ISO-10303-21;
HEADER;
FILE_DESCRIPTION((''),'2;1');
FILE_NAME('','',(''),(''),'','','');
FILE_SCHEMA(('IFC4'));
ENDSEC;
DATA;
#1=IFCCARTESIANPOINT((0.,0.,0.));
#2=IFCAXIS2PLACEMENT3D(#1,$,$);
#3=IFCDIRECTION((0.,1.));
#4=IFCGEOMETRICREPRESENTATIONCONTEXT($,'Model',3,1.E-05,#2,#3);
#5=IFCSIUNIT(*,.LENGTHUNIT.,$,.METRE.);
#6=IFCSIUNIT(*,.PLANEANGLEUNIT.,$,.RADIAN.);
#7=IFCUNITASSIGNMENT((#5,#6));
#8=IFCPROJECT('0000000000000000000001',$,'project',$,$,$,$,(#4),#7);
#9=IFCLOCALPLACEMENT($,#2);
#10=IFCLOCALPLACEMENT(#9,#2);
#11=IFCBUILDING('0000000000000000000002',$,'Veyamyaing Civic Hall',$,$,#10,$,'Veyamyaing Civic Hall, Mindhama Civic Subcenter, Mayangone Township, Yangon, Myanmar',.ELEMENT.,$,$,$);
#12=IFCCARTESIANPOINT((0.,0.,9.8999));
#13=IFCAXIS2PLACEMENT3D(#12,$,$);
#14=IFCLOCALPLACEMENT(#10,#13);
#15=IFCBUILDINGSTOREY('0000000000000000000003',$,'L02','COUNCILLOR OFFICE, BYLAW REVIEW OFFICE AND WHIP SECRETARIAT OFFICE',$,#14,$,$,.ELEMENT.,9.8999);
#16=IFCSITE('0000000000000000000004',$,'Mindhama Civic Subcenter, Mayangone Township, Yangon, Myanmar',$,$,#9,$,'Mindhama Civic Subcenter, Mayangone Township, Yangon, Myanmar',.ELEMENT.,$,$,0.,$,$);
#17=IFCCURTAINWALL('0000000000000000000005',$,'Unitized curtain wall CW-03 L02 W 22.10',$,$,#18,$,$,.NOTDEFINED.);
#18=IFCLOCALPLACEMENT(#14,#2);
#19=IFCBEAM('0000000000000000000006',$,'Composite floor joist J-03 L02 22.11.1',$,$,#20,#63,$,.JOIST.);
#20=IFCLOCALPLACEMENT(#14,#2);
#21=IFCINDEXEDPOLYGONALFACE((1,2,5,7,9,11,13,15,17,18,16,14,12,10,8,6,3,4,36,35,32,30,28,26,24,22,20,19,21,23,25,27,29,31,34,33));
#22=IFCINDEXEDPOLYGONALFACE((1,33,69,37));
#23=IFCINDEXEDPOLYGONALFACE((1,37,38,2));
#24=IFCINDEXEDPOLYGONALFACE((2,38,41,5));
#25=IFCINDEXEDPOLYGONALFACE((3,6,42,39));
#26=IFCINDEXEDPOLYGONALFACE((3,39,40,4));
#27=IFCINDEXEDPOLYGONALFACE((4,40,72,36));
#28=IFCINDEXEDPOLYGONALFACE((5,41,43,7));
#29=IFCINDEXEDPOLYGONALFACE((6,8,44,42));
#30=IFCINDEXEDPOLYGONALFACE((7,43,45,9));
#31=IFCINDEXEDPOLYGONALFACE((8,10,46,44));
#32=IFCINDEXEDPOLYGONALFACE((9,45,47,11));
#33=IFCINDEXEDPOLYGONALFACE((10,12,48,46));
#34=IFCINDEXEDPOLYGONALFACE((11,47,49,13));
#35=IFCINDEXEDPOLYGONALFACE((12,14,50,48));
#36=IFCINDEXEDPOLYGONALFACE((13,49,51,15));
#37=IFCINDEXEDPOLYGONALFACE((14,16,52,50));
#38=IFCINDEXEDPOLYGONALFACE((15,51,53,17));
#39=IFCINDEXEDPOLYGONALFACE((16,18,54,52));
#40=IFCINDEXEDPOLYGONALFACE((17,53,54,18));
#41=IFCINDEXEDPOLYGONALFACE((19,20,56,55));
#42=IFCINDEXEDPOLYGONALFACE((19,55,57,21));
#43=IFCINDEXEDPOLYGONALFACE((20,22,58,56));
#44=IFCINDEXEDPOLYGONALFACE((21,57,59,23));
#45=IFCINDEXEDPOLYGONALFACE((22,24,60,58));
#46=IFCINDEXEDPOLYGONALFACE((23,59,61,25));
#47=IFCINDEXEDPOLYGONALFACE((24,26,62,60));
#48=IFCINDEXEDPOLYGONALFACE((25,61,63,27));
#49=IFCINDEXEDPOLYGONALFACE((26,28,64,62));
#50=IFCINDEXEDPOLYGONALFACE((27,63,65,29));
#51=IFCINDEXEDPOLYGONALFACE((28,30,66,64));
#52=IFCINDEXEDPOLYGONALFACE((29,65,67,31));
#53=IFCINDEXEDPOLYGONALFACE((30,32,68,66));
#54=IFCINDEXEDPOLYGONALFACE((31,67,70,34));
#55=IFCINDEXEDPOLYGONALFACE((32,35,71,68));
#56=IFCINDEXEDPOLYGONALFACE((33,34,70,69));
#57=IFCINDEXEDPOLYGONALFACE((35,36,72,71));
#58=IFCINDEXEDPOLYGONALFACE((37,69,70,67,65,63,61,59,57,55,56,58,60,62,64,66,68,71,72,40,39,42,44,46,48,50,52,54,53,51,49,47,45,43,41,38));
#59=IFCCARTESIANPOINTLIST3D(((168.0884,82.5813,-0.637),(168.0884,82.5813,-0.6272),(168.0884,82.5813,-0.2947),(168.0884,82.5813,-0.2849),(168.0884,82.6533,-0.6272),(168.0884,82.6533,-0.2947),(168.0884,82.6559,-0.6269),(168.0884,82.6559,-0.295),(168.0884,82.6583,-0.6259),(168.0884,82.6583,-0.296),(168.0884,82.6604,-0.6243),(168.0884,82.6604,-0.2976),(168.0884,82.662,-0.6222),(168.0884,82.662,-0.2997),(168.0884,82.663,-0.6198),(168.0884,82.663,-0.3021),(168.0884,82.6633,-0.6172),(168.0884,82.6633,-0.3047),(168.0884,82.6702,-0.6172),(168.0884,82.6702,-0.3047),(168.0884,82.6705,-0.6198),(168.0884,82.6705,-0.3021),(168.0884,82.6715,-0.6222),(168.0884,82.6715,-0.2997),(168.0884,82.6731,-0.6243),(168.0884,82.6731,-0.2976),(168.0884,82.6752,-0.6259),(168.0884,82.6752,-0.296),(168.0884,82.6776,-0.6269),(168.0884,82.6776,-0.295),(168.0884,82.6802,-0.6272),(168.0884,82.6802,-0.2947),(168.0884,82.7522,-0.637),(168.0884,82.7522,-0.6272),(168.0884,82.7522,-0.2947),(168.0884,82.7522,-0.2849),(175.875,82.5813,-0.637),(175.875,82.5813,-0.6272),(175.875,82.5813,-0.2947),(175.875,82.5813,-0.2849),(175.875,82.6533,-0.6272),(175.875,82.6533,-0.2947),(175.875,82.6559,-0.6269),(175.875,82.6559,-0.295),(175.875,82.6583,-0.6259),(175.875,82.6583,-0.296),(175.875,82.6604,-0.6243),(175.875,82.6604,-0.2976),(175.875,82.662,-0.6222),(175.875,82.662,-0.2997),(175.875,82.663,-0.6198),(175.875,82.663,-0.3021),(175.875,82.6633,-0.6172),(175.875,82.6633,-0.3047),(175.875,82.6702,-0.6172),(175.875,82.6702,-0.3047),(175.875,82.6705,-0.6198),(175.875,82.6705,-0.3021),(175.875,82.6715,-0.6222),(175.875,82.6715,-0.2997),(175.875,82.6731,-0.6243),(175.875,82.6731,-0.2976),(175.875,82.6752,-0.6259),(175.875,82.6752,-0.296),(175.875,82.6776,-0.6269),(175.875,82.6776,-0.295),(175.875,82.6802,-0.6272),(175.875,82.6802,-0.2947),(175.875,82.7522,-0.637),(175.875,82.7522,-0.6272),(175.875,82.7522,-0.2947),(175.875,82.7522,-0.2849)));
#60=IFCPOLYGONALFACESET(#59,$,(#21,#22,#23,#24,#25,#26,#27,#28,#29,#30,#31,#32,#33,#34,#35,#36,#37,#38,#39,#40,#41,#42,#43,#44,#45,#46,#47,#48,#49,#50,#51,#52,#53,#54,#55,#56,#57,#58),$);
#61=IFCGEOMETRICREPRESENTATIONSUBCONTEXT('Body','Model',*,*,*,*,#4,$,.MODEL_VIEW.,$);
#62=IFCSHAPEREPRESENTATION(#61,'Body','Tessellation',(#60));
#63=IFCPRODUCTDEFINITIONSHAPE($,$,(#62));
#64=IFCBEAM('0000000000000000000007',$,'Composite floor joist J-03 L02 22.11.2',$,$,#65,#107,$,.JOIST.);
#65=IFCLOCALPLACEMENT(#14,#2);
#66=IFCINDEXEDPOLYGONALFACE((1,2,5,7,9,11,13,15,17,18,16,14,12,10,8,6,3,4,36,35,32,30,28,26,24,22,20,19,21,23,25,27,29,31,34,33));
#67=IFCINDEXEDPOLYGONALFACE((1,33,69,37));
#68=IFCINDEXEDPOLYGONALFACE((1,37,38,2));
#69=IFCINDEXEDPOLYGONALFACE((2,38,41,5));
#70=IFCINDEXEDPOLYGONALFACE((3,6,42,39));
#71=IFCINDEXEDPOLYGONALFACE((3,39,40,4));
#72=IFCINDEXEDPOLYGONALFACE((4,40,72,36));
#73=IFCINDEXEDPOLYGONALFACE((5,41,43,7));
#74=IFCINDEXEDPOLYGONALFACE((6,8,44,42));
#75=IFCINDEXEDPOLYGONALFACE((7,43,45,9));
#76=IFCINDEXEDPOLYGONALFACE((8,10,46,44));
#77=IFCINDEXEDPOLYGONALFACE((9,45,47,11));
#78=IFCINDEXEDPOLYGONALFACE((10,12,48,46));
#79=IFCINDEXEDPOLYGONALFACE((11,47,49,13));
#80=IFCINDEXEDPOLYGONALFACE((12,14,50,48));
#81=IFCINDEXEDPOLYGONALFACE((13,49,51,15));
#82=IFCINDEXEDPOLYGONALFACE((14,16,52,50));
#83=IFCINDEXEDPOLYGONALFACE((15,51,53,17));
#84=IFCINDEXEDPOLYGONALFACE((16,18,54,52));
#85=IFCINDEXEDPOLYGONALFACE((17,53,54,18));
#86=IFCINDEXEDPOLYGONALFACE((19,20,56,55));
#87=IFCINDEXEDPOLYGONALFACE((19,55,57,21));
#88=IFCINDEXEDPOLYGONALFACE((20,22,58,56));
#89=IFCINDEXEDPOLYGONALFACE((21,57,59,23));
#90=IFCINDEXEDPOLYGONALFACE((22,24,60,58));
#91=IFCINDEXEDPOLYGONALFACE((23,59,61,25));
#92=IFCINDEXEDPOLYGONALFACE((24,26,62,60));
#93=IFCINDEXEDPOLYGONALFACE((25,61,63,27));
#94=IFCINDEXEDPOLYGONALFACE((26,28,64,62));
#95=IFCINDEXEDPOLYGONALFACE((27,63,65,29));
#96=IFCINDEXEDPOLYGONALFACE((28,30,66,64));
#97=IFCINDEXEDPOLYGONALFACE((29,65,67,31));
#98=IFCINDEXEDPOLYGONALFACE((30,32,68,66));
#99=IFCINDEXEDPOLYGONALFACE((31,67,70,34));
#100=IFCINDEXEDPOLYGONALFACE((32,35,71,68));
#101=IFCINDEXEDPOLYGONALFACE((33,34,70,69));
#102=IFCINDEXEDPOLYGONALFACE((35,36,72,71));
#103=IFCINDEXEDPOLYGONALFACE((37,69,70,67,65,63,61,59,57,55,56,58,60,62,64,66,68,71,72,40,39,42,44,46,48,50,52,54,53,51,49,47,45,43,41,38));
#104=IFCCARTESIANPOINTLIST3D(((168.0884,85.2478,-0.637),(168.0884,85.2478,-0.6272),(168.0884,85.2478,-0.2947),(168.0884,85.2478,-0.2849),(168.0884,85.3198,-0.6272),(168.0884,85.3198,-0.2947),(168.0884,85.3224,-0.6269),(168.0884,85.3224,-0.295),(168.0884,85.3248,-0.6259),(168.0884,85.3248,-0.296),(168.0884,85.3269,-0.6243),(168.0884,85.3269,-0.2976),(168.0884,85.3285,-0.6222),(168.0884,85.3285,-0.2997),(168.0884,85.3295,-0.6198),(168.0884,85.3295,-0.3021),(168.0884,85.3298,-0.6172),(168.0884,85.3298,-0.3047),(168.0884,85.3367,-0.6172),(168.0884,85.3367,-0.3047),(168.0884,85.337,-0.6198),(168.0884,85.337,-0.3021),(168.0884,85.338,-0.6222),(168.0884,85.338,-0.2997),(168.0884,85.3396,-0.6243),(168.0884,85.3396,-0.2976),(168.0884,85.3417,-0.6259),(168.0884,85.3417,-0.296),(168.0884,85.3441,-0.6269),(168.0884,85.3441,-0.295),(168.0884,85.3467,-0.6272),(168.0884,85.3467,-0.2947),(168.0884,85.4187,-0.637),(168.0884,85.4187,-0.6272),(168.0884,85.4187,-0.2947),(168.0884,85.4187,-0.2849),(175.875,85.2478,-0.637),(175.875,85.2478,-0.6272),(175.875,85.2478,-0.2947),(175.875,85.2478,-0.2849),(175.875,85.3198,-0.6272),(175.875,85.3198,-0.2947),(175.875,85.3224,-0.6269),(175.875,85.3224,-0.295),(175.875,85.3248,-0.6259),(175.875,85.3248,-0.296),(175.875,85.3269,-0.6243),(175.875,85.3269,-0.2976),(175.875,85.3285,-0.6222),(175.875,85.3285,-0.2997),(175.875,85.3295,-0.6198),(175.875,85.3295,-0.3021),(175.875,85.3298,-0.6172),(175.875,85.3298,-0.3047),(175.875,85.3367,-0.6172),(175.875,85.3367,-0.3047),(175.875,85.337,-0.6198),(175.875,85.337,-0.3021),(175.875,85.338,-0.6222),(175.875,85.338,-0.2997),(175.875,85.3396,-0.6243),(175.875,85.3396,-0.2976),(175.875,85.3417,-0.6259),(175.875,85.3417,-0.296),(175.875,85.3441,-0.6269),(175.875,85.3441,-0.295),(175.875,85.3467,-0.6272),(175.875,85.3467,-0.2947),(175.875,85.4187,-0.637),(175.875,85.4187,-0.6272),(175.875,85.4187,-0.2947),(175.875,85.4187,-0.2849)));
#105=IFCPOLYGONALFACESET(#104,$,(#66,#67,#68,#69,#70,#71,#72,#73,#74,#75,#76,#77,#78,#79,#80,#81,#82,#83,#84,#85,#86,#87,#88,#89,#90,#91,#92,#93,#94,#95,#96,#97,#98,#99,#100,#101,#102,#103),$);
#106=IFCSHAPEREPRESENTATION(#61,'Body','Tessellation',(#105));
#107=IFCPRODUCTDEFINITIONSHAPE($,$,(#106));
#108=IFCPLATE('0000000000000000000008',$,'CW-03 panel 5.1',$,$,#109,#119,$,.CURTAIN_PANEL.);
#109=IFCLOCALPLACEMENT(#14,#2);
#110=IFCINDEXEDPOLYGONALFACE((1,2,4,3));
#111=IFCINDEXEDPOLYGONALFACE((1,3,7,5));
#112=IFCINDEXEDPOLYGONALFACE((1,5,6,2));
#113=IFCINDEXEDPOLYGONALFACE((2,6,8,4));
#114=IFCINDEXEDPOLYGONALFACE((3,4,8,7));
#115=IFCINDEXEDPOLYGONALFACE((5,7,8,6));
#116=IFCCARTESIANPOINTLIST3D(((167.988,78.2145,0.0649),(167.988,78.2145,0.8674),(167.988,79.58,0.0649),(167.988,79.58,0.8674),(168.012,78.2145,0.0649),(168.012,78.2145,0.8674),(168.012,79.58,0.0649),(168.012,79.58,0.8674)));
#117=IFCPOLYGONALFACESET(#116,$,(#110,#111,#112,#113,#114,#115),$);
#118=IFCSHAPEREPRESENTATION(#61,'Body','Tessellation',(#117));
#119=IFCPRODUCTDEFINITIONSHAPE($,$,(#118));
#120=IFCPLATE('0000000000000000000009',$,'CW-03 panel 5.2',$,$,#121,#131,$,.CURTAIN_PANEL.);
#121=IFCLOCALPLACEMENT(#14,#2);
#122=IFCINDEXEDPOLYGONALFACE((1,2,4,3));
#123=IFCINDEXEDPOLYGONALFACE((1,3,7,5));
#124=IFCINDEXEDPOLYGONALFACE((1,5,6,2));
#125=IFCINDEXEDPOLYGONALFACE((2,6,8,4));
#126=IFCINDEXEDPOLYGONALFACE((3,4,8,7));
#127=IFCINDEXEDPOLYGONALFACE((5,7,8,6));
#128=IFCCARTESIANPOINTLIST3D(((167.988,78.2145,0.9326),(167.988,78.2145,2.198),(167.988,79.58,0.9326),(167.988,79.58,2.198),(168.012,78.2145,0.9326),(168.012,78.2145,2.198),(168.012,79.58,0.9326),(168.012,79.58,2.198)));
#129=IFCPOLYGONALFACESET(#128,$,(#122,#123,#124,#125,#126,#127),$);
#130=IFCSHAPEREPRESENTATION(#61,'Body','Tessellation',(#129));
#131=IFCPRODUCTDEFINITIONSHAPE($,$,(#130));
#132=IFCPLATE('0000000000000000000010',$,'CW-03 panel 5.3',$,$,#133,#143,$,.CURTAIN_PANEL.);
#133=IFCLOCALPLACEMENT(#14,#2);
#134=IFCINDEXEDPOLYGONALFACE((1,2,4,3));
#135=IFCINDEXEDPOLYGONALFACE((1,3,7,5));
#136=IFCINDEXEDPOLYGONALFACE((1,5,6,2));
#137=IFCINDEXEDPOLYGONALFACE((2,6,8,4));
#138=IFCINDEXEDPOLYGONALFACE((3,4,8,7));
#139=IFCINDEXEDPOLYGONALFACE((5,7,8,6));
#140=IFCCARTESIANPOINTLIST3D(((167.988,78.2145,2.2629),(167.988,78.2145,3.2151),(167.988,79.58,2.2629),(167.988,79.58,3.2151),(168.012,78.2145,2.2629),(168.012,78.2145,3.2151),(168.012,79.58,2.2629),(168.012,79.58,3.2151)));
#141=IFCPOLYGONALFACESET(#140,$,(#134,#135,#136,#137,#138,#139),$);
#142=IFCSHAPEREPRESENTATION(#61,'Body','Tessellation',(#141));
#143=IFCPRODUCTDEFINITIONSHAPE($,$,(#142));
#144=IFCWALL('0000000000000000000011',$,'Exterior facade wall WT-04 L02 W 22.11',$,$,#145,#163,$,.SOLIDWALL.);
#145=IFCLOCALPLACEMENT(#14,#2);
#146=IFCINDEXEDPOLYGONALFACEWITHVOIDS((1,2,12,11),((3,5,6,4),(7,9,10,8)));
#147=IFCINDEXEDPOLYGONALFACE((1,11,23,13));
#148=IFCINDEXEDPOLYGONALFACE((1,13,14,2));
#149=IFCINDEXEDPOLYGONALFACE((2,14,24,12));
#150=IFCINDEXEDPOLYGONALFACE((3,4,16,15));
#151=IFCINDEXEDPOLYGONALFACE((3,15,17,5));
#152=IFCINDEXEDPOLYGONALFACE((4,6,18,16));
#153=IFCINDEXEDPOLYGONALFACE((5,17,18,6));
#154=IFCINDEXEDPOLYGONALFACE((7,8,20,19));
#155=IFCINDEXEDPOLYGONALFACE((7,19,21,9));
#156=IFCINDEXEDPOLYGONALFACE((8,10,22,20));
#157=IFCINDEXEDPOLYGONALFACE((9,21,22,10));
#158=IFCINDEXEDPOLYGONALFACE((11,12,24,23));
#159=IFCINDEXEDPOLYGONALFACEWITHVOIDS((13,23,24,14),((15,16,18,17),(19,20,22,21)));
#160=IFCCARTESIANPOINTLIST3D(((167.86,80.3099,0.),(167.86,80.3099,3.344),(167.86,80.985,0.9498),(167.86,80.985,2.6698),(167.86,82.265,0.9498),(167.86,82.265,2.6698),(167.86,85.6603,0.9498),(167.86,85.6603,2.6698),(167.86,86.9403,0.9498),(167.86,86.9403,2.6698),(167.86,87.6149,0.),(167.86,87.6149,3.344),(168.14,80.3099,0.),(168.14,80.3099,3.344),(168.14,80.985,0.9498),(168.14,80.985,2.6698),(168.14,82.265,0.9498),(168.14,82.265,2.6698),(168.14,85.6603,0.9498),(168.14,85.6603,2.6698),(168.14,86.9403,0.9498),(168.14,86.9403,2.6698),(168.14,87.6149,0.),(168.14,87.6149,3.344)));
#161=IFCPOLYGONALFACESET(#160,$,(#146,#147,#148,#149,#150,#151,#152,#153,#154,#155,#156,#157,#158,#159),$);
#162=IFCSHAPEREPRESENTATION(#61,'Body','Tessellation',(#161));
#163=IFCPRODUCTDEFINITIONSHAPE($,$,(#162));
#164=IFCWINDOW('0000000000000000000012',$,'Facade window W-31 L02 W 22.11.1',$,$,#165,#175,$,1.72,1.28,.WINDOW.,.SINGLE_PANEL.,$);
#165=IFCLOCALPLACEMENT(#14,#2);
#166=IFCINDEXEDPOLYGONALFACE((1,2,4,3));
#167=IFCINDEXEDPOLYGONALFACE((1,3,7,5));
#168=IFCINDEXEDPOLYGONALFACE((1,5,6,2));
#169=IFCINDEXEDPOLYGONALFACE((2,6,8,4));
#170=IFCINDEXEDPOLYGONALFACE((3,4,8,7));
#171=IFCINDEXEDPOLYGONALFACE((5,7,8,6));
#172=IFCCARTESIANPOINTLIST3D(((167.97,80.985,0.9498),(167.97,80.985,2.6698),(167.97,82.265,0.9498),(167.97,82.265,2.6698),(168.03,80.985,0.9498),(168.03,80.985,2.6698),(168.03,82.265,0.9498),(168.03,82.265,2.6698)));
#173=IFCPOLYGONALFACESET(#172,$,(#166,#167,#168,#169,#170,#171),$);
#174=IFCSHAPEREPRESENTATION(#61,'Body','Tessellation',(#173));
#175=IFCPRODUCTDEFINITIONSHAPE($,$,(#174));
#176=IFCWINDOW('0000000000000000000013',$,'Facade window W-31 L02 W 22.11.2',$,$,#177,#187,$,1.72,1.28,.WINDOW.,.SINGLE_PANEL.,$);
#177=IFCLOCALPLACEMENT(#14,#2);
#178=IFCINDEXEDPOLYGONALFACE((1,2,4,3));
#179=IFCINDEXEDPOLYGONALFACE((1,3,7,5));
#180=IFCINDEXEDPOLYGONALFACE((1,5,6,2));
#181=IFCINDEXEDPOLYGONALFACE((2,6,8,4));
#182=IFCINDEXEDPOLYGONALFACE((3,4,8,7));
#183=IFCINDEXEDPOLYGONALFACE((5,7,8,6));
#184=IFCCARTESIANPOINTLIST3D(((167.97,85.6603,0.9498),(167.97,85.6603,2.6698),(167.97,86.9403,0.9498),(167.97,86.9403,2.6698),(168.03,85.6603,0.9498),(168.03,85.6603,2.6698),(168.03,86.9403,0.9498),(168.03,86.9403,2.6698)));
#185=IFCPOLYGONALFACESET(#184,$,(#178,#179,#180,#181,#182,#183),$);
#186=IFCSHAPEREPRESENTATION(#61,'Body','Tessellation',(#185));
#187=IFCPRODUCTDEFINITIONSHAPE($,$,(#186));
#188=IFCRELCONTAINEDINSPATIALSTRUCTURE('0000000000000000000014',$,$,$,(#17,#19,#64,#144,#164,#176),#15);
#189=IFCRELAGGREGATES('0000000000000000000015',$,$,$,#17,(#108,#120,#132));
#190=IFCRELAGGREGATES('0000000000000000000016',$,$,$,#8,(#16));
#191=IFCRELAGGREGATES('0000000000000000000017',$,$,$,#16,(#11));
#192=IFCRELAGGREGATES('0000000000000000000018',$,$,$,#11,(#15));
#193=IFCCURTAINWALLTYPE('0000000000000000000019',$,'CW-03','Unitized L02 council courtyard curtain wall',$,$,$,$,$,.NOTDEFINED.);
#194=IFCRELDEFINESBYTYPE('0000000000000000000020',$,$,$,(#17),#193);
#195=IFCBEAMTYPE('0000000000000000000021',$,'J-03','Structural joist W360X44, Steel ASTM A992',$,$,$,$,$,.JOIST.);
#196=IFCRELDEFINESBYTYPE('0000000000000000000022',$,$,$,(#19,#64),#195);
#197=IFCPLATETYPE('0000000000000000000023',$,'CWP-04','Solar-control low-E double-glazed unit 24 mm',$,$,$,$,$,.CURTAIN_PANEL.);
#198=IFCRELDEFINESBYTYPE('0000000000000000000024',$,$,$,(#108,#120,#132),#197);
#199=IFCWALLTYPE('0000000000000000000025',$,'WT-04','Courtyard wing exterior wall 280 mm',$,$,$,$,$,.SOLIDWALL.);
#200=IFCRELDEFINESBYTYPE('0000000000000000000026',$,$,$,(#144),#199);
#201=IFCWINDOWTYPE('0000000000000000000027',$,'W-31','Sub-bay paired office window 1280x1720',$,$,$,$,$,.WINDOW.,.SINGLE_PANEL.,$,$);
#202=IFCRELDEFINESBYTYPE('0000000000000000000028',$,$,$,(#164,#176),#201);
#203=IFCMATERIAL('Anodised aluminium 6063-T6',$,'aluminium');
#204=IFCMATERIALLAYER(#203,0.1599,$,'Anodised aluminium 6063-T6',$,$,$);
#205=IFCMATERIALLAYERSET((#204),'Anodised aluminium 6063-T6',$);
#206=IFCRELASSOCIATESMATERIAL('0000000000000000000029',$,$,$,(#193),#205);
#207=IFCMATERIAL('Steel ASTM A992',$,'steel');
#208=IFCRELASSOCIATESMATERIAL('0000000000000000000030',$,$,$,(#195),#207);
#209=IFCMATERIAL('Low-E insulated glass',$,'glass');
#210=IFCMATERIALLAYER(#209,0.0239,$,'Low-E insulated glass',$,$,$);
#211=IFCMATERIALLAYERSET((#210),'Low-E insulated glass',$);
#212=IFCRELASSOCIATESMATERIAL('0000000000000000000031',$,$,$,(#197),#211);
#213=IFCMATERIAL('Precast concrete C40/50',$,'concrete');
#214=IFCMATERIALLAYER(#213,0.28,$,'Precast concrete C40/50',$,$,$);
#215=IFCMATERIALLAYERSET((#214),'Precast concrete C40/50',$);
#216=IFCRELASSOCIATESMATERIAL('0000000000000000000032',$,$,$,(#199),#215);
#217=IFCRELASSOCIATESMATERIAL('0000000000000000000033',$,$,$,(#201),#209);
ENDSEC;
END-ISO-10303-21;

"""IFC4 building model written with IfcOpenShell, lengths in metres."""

from ifc_helpers import new_model, si_unit, direction, frame, frame_2d, origin, origin_2d, place, context, subcontext, project, spatial, rectangle, i_section, extrude, material, layer, layer_set, material_profile, profile_set, type_object, element, fill, aggregate, save


model = new_model("IFC4")

# Units and contexts
model_context = context("Model", 3, precision=1e-05, world=origin(), true_north=direction((0.0, 1.0)))
body_context = subcontext(model_context, "Body", "Model", "MODEL_VIEW")
ifc_project = project(units=[si_unit("LENGTHUNIT", "METRE"), si_unit("PLANEANGLEUNIT", "RADIAN")], contexts=[model_context])

# Site, building, storey
site_placement = place(None, origin())
site = spatial("IfcSite", under=ifc_project, at=site_placement, Name="Mindhama Civic Subcenter, Mayangone Township, Yangon, Myanmar", LongName="Mindhama Civic Subcenter, Mayangone Township, Yangon, Myanmar", CompositionType="ELEMENT", RefElevation=0.0)
building_placement = place(site_placement, origin())
building = spatial("IfcBuilding", under=site, at=building_placement, Name="Veyamyaing Civic Hall", LongName="Veyamyaing Civic Hall, Mindhama Civic Subcenter, Mayangone Township, Yangon, Myanmar", CompositionType="ELEMENT")
storey_placement = place(building_placement, frame((0.0, 0.0, 9.8999)))
storey = spatial("IfcBuildingStorey", under=building, at=storey_placement, Name="L02", Description="COUNCILLOR OFFICE, BYLAW REVIEW OFFICE AND WHIP SECRETARIAT OFFICE", CompositionType="ELEMENT", Elevation=9.8999)

# Shared definitions
ifc_material_1 = material(Name="Steel ASTM A992", Category="steel")

# Curtain wall
ifc_material_2 = material(Name="Anodised aluminium 6063-T6", Category="aluminium")
ifc_layer_1 = layer(ifc_material_2, 0.1599, Name="Anodised aluminium 6063-T6")
ifc_layer_set_1 = layer_set([ifc_layer_1], Name="Anodised aluminium 6063-T6")
curtain_wall_type = type_object("IfcCurtainWallType", Name="CW-03", Description="Unitized L02 council courtyard curtain wall", PredefinedType="NOTDEFINED", material=ifc_layer_set_1)
curtain_wall_placement = place(storey_placement, origin())
curtain_wall = element("IfcCurtainWall", 1, at=curtain_wall_placement, inside=storey, type_object=curtain_wall_type, Name="Unitized curtain wall CW-03 L02 W 22.10", PredefinedType="NOTDEFINED")

# Beams
ifc_material_profile_1 = material_profile(ifc_material_1, i_section(OverallWidth=0.1709, OverallDepth=0.3521, WebThickness=0.0068, FlangeThickness=0.0098, FilletRadius=0.01, at=origin_2d()), Name="W360X44")
ifc_profile_set_1 = profile_set([ifc_material_profile_1], Name="Steel ASTM A992")
beam_type_1 = type_object("IfcBeamType", Name="J-03", Description="Structural joist W360X44, Steel ASTM A992", PredefinedType="JOIST", material=ifc_profile_set_1)
for number, where, z_axis, x_axis, name in (
    (2, (168.0884, 82.6667, -0.4609), (1.0, 0.0, 0.0), (0.0, 1.0, 0.0), "Composite floor joist J-03 L02 22.11.1"),
    (3, (168.0884, 85.3333, -0.4609), (1.0, 0.0, 0.0), (0.0, 1.0, 0.0), "Composite floor joist J-03 L02 22.11.2"),
):
    element("IfcBeam", number, at=place(storey_placement, frame(where, z_axis=z_axis, x_axis=x_axis)), inside=storey, type_object=beam_type_1, Name=name, PredefinedType="JOIST", context=body_context, shape_type="SweptSolid", body=[
        extrude(i_section(OverallWidth=0.1709, OverallDepth=0.3521, WebThickness=0.0068, FlangeThickness=0.0098, FilletRadius=0.01, at=origin_2d()), origin(), (0.0, 0.0, 1.0), 7.7866),
    ])

# Plates
ifc_material_3 = material(Name="Low-E insulated glass", Category="glass")
ifc_layer_2 = layer(ifc_material_3, 0.0239, Name="Low-E insulated glass")
ifc_layer_set_2 = layer_set([ifc_layer_2], Name="Low-E insulated glass")
plate_type = type_object("IfcPlateType", Name="CWP-04", Description="Solar-control low-E double-glazed unit 24 mm", PredefinedType="CURTAIN_PANEL", material=ifc_layer_set_2)
plate_1_placement = place(storey_placement, frame((168.0, 78.8972, 0.0649), z_axis=(0.0, 0.0, 1.0), x_axis=(0.0, 1.0, 0.0)))
plate_1 = element("IfcPlate", 4, at=plate_1_placement, type_object=plate_type, Name="CW-03 panel 5.1", PredefinedType="CURTAIN_PANEL", context=body_context, shape_type="SweptSolid", body=[
    extrude(rectangle(XDim=1.3655, YDim=0.0239, at=origin_2d()), origin(), (0.0, 0.0, 1.0), 0.8025),
])
plate_2_placement = place(storey_placement, frame((168.0, 78.8972, 0.9326), z_axis=(0.0, 0.0, 1.0), x_axis=(0.0, 1.0, 0.0)))
plate_2 = element("IfcPlate", 5, at=plate_2_placement, type_object=plate_type, Name="CW-03 panel 5.2", PredefinedType="CURTAIN_PANEL", context=body_context, shape_type="SweptSolid", body=[
    extrude(rectangle(XDim=1.3655, YDim=0.0239, at=origin_2d()), origin(), (0.0, 0.0, 1.0), 1.2654),
])
plate_3_placement = place(storey_placement, frame((168.0, 78.8972, 2.2629), z_axis=(0.0, 0.0, 1.0), x_axis=(0.0, 1.0, 0.0)))
plate_3 = element("IfcPlate", 6, at=plate_3_placement, type_object=plate_type, Name="CW-03 panel 5.3", PredefinedType="CURTAIN_PANEL", context=body_context, shape_type="SweptSolid", body=[
    extrude(rectangle(XDim=1.3655, YDim=0.0239, at=origin_2d()), origin(), (0.0, 0.0, 1.0), 0.9521),
])
aggregate(curtain_wall, [plate_1, plate_2, plate_3])

# Wall, openings, windows
ifc_material_4 = material(Name="Precast concrete C40/50", Category="concrete")
ifc_layer_3 = layer(ifc_material_4, 0.28, Name="Precast concrete C40/50")
ifc_layer_set_3 = layer_set([ifc_layer_3], Name="Precast concrete C40/50")
wall_type_1 = type_object("IfcWallType", Name="WT-04", Description="Courtyard wing exterior wall 280 mm", PredefinedType="SOLIDWALL", material=ifc_layer_set_3)
wall_1_placement = place(storey_placement, frame((168.0, 80.3101, 0.0), z_axis=(0.0, 0.0, 1.0), x_axis=(0.0, 1.0, 0.0)))
wall_1 = element("IfcWall", 7, at=wall_1_placement, inside=storey, type_object=wall_type_1, Name="Exterior facade wall WT-04 L02 W 22.11", PredefinedType="SOLIDWALL", context=body_context, shape_type="SweptSolid", body=[
    extrude(rectangle(XDim=7.3049, YDim=0.28, at=frame_2d((3.6523, 0.0))), origin(), (0.0, 0.0, 1.0), 3.344),
])
opening_1_placement = place(wall_1_placement, frame((0.6748, 0.0, 0.95)))
opening_1 = element("IfcOpeningElement", 8, at=opening_1_placement, cuts=wall_1, PredefinedType="OPENING", context=body_context, shape_type="SweptSolid", body=[
    extrude(rectangle(XDim=1.28, YDim=1.72, at=frame_2d((0.6401, 0.8599))), frame((0.0, 0.1499, 0.0), z_axis=(0.0, -1.0, 0.0), x_axis=(1.0, 0.0, 0.0)), (0.0, 0.0, 1.0), 0.3),
])
opening_2_placement = place(wall_1_placement, frame((5.3501, 0.0, 0.95)))
opening_2 = element("IfcOpeningElement", 9, at=opening_2_placement, cuts=wall_1, PredefinedType="OPENING", context=body_context, shape_type="SweptSolid", body=[
    extrude(rectangle(XDim=1.28, YDim=1.72, at=frame_2d((0.6401, 0.8599))), frame((0.0, 0.1499, 0.0), z_axis=(0.0, -1.0, 0.0), x_axis=(1.0, 0.0, 0.0)), (0.0, 0.0, 1.0), 0.3),
])
window_type = type_object("IfcWindowType", Name="W-31", Description="Sub-bay paired office window 1280x1720", PartitioningType="SINGLE_PANEL", PredefinedType="WINDOW", material=ifc_material_3)
window_1_placement = place(opening_1_placement, origin())
window_1 = element("IfcWindow", 10, at=window_1_placement, inside=storey, type_object=window_type, Name="Facade window W-31 L02 W 22.11.1", OverallHeight=1.72, OverallWidth=1.28, PartitioningType="SINGLE_PANEL", PredefinedType="WINDOW", context=body_context, shape_type="SweptSolid", body=[
    extrude(rectangle(XDim=1.28, YDim=1.72, at=frame_2d((0.6401, 0.8599))), frame((0.0, 0.03, 0.0), z_axis=(0.0, -1.0, 0.0), x_axis=(1.0, 0.0, 0.0)), (0.0, 0.0, 1.0), 0.0601),
])
fill(opening_1, window_1)
window_2_placement = place(opening_2_placement, origin())
window_2 = element("IfcWindow", 11, at=window_2_placement, inside=storey, type_object=window_type, Name="Facade window W-31 L02 W 22.11.2", OverallHeight=1.72, OverallWidth=1.28, PartitioningType="SINGLE_PANEL", PredefinedType="WINDOW", context=body_context, shape_type="SweptSolid", body=[
    extrude(rectangle(XDim=1.28, YDim=1.72, at=frame_2d((0.6401, 0.8599))), frame((0.0, 0.03, 0.0), z_axis=(0.0, -1.0, 0.0), x_axis=(1.0, 0.0, 0.0)), (0.0, 0.0, 1.0), 0.0601),
])
fill(opening_2, window_2)

save(model, "model.ifc")
